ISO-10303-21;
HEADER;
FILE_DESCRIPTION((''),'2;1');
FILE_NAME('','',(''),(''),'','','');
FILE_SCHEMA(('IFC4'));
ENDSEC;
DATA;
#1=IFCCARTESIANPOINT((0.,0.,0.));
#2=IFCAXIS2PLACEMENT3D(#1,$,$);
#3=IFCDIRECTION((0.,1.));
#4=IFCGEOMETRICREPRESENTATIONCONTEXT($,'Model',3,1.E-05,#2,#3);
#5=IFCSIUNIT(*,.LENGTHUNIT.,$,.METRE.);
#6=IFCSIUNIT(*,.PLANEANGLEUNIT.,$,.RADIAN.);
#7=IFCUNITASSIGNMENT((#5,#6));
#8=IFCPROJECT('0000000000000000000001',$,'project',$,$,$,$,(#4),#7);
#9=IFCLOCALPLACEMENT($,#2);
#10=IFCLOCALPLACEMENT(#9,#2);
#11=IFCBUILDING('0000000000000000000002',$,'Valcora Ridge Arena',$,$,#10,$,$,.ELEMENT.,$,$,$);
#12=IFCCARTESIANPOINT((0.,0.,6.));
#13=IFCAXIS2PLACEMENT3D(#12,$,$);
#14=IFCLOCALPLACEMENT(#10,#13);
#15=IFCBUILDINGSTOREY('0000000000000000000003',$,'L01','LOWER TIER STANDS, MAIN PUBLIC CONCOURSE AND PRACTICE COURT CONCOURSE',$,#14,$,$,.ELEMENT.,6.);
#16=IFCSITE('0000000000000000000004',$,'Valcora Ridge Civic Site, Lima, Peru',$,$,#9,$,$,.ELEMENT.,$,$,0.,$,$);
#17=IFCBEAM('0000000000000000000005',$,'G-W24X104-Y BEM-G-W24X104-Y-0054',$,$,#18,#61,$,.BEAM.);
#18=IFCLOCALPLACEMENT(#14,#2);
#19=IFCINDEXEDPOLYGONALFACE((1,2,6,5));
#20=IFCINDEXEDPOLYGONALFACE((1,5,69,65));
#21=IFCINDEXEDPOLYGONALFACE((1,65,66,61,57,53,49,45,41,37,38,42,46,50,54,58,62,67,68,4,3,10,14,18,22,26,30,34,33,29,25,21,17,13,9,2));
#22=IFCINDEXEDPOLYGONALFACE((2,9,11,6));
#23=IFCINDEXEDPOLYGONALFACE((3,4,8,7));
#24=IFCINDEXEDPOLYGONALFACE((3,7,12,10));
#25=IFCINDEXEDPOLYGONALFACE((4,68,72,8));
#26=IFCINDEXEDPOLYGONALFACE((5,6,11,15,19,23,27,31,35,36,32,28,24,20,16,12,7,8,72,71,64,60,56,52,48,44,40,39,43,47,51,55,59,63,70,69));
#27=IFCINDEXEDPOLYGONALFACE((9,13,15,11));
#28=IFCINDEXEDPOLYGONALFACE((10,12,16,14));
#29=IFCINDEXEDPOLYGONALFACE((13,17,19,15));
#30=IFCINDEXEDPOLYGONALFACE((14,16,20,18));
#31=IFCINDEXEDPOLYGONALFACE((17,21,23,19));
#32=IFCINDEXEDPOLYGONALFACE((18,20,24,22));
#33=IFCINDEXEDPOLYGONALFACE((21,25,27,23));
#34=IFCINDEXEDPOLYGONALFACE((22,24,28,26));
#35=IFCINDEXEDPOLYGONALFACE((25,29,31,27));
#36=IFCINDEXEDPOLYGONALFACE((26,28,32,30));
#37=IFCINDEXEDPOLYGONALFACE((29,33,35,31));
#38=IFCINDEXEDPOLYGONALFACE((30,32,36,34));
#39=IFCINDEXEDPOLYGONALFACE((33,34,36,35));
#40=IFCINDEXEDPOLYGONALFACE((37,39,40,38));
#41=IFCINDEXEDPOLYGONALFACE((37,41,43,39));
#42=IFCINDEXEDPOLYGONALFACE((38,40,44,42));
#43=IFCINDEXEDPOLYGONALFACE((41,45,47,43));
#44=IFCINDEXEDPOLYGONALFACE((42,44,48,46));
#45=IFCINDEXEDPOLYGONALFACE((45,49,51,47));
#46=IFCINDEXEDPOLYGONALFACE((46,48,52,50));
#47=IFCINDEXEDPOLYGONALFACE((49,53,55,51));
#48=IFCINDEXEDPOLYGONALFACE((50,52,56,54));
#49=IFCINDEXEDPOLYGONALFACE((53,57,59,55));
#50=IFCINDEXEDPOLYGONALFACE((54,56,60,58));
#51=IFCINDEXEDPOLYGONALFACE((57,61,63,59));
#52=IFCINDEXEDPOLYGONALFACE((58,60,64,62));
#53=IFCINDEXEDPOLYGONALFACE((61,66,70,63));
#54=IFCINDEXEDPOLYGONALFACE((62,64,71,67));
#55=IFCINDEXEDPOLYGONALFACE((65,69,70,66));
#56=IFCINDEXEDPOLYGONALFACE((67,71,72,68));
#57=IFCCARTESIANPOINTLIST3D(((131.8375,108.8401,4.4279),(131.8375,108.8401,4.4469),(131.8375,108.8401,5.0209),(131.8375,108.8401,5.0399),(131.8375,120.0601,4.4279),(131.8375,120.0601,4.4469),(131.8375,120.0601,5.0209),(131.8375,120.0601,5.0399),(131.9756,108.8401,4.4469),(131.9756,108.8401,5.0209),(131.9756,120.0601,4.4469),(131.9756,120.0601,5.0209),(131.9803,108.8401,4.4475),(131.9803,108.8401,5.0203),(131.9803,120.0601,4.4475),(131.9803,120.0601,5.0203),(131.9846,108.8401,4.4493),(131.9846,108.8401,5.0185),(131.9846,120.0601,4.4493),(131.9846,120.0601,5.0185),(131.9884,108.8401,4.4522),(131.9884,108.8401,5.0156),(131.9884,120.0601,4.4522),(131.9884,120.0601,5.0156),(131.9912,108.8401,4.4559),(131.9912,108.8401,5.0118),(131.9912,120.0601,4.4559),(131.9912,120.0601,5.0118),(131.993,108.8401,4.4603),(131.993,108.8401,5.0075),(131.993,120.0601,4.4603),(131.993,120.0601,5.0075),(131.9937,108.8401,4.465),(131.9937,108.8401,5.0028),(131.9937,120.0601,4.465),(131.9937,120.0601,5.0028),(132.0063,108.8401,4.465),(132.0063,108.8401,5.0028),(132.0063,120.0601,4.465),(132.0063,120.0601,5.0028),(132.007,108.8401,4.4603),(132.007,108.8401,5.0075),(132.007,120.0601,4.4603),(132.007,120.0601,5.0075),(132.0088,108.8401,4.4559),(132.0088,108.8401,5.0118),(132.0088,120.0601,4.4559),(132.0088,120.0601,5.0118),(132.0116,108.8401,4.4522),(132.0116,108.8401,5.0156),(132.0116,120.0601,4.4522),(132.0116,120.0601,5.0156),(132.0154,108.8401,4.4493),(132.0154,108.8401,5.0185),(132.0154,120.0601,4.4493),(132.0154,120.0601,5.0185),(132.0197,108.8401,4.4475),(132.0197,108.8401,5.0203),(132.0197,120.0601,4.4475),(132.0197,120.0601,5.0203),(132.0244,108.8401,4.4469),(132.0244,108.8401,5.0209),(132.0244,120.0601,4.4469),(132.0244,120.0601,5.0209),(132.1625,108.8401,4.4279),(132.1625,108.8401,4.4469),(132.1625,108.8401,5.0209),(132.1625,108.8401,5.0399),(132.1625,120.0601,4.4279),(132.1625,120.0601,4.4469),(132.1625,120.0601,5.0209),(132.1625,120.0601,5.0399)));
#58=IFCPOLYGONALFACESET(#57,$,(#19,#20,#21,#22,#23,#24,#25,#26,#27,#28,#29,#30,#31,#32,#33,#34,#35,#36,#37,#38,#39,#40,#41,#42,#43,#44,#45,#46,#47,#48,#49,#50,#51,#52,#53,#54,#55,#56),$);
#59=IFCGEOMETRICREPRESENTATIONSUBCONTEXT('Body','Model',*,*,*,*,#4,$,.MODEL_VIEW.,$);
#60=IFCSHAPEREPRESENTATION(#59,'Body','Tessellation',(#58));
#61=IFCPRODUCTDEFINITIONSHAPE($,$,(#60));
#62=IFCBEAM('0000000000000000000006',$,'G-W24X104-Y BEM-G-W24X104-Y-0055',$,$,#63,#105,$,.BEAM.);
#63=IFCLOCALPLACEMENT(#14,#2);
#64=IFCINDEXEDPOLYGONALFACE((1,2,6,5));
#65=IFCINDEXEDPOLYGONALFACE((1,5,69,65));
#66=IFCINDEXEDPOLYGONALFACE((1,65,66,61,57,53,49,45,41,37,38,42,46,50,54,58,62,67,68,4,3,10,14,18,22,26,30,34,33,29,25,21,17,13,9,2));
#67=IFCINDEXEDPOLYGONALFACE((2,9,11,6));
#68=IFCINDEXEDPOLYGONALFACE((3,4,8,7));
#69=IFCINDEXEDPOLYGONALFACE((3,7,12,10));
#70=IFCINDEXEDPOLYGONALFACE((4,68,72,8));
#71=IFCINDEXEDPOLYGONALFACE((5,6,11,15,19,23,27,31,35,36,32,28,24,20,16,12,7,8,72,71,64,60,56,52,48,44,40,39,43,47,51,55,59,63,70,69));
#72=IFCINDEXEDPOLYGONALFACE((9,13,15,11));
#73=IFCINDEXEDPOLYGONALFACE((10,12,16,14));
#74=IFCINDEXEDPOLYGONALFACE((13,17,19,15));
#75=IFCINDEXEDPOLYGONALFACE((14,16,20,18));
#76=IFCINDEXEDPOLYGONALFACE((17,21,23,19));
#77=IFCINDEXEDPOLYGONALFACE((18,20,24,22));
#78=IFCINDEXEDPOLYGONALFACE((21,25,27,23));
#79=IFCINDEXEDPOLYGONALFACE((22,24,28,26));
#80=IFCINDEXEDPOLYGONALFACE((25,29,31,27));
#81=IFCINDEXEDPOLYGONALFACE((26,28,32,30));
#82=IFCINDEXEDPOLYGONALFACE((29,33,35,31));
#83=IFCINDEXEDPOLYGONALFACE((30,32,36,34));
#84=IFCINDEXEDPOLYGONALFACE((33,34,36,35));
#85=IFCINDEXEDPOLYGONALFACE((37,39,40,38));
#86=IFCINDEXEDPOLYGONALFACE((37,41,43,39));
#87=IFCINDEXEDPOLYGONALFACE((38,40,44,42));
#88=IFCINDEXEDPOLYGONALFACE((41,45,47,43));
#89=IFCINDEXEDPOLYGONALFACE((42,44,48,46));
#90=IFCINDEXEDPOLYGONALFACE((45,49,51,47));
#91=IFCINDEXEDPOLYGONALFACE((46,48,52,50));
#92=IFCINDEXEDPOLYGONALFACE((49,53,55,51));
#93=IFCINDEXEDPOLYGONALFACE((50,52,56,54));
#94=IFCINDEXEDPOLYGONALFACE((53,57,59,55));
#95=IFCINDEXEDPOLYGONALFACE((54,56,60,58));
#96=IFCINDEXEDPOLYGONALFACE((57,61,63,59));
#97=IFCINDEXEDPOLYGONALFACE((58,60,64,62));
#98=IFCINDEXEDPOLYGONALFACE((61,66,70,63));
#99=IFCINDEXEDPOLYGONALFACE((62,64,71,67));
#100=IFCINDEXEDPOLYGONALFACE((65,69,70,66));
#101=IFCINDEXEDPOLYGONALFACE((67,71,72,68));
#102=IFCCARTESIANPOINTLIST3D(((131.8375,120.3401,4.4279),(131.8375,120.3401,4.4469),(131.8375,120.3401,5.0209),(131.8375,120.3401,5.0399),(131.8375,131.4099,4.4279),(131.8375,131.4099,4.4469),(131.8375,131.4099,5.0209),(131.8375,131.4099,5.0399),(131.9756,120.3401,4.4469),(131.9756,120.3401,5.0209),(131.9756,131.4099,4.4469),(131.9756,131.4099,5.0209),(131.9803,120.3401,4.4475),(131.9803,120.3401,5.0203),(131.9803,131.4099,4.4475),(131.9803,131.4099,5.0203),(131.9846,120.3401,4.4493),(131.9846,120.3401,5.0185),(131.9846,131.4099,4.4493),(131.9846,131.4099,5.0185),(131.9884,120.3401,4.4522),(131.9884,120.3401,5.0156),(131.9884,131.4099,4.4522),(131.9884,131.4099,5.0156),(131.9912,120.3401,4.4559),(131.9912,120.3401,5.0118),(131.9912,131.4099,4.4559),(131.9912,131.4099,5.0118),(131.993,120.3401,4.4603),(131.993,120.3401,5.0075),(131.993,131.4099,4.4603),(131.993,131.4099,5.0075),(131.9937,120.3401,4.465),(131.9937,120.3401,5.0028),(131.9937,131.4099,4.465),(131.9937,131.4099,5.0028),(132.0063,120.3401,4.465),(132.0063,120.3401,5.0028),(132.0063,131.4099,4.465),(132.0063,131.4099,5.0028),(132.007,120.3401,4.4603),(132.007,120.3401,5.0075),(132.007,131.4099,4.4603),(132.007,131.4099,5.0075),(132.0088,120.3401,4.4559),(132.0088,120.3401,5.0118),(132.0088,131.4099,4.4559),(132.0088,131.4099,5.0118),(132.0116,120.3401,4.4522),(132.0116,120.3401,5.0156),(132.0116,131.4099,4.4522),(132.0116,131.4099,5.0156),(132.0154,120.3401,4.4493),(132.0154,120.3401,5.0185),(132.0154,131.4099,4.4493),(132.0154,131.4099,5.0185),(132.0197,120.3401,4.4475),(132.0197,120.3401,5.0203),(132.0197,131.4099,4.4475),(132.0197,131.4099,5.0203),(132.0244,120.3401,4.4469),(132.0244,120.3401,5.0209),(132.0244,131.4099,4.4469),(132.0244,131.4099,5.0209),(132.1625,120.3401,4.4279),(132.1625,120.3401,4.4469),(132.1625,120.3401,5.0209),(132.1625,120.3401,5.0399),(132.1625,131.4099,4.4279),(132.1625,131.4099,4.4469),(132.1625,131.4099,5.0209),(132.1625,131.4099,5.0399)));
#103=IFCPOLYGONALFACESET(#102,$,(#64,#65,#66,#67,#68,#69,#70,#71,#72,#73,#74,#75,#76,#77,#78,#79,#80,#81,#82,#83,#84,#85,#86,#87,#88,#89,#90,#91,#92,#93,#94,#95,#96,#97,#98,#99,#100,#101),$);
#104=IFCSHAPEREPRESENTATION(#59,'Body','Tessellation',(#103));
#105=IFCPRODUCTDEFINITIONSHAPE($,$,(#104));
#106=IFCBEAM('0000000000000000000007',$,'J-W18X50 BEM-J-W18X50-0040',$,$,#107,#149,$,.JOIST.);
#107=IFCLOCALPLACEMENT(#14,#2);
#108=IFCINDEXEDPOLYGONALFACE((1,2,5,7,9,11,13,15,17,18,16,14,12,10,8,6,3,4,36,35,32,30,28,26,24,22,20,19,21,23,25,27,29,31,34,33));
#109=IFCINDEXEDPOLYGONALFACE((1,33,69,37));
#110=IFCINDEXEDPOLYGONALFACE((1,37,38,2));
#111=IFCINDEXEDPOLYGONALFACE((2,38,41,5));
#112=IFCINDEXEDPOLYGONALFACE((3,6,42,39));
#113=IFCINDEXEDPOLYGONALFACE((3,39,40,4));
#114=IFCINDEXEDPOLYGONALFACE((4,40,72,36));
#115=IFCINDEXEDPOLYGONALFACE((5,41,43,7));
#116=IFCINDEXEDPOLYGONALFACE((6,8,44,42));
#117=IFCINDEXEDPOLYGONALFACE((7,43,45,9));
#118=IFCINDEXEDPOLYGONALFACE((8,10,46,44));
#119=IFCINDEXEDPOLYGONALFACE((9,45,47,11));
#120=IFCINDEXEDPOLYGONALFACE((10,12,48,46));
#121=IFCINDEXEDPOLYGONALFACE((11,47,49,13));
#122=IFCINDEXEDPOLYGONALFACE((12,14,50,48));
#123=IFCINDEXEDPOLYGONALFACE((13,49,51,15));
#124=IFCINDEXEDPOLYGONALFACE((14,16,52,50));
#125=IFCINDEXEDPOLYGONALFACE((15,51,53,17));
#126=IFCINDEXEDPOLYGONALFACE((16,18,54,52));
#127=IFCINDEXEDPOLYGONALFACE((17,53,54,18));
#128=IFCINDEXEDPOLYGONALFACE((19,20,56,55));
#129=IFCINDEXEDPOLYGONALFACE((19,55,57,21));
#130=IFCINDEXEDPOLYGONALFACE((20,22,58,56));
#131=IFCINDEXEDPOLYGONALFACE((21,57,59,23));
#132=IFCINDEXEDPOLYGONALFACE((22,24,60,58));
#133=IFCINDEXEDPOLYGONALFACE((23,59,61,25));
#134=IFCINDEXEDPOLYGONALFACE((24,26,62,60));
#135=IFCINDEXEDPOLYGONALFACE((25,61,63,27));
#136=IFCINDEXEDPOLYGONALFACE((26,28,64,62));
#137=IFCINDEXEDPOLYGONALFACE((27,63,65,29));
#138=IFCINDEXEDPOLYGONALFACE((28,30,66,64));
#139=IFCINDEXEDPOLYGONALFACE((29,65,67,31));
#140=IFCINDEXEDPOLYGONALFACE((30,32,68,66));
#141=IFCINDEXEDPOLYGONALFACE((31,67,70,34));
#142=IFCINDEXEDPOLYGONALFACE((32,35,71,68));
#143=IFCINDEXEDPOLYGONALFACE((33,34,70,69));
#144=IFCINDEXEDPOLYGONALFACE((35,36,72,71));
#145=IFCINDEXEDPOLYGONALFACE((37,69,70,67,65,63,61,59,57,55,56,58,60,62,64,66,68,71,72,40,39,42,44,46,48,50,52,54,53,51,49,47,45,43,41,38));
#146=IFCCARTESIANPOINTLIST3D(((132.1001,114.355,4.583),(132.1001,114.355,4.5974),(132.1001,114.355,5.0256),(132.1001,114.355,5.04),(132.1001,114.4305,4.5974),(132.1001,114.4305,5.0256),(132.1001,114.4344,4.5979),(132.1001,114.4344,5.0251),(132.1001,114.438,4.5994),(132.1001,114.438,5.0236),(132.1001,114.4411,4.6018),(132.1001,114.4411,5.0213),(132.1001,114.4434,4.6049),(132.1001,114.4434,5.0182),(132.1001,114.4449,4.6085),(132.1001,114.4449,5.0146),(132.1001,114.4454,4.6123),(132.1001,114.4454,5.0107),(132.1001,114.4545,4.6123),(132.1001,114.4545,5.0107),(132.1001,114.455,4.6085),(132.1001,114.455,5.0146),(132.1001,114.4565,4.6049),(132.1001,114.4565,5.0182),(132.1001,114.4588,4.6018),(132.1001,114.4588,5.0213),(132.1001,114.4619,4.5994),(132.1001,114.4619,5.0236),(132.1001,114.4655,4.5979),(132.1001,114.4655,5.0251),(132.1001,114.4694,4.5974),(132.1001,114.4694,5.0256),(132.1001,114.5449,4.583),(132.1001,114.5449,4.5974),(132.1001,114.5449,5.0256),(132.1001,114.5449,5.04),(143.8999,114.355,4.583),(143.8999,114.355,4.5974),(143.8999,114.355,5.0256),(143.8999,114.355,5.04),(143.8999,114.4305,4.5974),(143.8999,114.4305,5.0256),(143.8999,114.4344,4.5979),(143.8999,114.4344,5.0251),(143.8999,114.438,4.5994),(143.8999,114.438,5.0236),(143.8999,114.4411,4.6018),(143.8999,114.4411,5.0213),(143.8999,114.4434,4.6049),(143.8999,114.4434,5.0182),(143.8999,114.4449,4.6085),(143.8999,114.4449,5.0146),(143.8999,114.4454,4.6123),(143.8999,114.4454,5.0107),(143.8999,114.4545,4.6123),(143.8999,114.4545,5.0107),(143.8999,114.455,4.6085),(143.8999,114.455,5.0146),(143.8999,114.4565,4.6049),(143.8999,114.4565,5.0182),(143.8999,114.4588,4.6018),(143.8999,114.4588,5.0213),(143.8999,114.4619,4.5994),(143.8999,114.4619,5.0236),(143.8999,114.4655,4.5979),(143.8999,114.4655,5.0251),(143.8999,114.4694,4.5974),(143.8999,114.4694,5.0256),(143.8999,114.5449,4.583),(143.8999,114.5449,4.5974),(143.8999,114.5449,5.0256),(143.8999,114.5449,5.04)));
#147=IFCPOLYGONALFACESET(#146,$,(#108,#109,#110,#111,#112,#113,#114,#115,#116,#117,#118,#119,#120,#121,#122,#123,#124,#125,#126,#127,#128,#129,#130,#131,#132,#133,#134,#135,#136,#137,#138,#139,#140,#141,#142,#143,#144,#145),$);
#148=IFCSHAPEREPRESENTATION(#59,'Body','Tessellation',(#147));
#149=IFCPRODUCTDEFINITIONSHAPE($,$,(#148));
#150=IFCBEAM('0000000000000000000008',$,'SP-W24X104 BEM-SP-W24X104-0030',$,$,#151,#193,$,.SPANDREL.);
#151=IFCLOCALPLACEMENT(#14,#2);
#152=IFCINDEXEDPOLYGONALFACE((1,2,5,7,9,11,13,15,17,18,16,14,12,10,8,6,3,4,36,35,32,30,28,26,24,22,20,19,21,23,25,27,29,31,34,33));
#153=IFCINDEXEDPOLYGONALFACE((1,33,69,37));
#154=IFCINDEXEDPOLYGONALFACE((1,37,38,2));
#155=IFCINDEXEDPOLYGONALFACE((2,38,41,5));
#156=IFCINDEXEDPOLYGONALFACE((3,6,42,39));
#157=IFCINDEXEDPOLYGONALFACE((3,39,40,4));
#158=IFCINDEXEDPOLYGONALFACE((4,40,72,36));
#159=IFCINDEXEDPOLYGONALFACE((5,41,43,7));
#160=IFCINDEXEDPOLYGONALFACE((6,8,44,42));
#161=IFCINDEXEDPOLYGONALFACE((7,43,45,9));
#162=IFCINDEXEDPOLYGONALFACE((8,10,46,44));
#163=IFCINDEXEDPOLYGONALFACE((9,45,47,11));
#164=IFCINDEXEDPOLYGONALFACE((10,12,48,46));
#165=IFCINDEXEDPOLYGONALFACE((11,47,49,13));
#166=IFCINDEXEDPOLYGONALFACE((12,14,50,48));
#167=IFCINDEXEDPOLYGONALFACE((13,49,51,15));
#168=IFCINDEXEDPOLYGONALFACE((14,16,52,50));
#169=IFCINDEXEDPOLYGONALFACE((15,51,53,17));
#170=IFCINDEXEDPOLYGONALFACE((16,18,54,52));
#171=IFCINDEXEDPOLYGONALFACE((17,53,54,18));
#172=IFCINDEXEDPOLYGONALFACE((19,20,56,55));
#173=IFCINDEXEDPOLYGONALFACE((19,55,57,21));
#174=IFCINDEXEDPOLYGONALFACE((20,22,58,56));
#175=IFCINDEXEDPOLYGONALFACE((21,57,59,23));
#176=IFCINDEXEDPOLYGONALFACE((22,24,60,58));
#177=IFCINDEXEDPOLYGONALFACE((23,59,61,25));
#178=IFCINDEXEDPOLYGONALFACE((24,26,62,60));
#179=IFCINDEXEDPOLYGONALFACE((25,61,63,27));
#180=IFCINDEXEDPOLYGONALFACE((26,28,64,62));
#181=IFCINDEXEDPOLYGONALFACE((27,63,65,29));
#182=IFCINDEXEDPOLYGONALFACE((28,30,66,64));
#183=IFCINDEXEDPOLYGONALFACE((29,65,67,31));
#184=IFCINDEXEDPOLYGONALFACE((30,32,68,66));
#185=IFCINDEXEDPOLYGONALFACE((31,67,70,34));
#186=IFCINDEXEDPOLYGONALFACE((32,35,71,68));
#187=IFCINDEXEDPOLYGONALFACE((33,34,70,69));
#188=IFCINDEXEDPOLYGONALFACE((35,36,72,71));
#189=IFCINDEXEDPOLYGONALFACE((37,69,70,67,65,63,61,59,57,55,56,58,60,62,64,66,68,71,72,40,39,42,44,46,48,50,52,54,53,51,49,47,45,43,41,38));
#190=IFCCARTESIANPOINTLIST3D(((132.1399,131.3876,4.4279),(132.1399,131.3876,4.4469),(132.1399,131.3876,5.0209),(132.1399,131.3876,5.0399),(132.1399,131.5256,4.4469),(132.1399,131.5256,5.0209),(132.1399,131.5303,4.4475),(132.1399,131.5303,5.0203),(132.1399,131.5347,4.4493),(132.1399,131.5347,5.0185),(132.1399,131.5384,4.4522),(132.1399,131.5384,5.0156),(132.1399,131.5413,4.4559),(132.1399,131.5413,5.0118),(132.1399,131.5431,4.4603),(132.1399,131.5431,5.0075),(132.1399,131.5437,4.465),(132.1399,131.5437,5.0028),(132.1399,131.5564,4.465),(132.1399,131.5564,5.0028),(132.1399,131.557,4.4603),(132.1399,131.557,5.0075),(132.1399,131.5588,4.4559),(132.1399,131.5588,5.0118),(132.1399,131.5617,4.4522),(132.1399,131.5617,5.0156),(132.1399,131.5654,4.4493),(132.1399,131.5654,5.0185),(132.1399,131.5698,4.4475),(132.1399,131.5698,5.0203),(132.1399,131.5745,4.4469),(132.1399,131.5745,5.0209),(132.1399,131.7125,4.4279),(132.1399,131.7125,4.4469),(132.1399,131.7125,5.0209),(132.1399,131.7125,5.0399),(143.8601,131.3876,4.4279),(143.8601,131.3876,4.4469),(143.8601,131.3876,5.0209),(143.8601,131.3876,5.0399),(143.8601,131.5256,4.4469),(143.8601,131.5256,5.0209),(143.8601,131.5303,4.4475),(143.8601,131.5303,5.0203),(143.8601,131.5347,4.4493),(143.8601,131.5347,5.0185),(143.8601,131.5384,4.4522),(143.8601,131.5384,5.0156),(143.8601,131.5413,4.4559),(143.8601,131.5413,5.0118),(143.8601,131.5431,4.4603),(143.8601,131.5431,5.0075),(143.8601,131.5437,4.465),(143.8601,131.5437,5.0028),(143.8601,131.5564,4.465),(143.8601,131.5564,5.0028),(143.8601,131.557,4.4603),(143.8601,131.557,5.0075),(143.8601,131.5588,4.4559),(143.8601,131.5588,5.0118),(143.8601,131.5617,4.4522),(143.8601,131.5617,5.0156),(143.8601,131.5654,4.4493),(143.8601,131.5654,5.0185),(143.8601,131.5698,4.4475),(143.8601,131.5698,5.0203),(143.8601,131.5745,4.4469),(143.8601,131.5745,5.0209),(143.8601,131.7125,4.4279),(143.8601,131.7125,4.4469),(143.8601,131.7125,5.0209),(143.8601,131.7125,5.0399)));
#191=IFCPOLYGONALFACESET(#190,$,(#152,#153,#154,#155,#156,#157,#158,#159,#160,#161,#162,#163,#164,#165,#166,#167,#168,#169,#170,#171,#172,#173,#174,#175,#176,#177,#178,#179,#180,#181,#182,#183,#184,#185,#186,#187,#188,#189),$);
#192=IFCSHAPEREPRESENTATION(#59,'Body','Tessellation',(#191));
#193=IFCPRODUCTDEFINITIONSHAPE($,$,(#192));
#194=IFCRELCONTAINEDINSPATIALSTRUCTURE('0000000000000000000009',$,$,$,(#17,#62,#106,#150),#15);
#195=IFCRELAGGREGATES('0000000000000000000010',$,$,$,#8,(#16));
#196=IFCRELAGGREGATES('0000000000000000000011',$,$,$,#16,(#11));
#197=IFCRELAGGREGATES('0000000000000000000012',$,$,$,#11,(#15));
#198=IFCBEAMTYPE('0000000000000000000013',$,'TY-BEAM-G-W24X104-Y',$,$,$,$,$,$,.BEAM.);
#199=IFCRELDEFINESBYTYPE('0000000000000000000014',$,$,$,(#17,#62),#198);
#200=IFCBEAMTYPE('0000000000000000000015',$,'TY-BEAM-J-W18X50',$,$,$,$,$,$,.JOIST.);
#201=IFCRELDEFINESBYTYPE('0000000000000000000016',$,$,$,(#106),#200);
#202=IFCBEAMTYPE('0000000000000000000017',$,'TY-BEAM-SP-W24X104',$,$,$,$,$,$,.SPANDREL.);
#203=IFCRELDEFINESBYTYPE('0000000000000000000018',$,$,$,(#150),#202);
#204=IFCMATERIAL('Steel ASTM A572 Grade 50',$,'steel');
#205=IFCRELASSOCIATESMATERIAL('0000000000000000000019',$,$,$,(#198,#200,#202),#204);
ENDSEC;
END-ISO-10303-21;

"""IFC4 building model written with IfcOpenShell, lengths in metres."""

from ifc_helpers import new_model, si_unit, direction, frame, origin, origin_2d, place, context, subcontext, project, spatial, i_section, extrude, material, material_profile, profile_set, type_object, element, save


model = new_model("IFC4")

# Units and contexts
model_context = context("Model", 3, precision=1e-05, world=origin(), true_north=direction((0.0, 1.0)))
body_context = subcontext(model_context, "Body", "Model", "MODEL_VIEW")
ifc_project = project(units=[si_unit("LENGTHUNIT", "METRE"), si_unit("PLANEANGLEUNIT", "RADIAN")], contexts=[model_context])

# Site, building, storey
site_placement = place(None, origin())
site = spatial("IfcSite", under=ifc_project, at=site_placement, Name="Valcora Ridge Civic Site, Lima, Peru", CompositionType="ELEMENT", RefElevation=0.0)
building_placement = place(site_placement, origin())
building = spatial("IfcBuilding", under=site, at=building_placement, Name="Valcora Ridge Arena", CompositionType="ELEMENT")
storey_placement = place(building_placement, frame((0.0, 0.0, 6.0)))
storey = spatial("IfcBuildingStorey", under=building, at=storey_placement, Name="L01", Description="LOWER TIER STANDS, MAIN PUBLIC CONCOURSE AND PRACTICE COURT CONCOURSE", CompositionType="ELEMENT", Elevation=6.0)

# Beams
ifc_material_1 = material(Name="Steel ASTM A572 Grade 50", Category="steel")
ifc_material_profile_1 = material_profile(ifc_material_1, i_section(OverallWidth=0.325, OverallDepth=0.6121, WebThickness=0.0127, FlangeThickness=0.019, FilletRadius=0.0181, at=origin_2d()), Name="W24X104")
ifc_profile_set_1 = profile_set([ifc_material_profile_1], Name="Steel ASTM A572 Grade 50")
beam_type_1 = type_object("IfcBeamType", Name="TY-BEAM-G-W24X104-Y", PredefinedType="BEAM", material=ifc_profile_set_1)
beam_1_placement = place(storey_placement, frame((132.0, 108.8401, 4.7339), z_axis=(0.0, 1.0, 0.0), x_axis=(-1.0, 0.0, 0.0)))
element("IfcBeam", 1, at=beam_1_placement, inside=storey, type_object=beam_type_1, Name="G-W24X104-Y BEM-G-W24X104-Y-0054", PredefinedType="BEAM", context=body_context, shape_type="SweptSolid", body=[
    extrude(i_section(OverallWidth=0.325, OverallDepth=0.6121, WebThickness=0.0127, FlangeThickness=0.019, FilletRadius=0.0181, at=origin_2d()), origin(), (0.0, 0.0, 1.0), 11.22),
])
beam_2_placement = place(storey_placement, frame((132.0, 120.3401, 4.7339), z_axis=(0.0, 1.0, 0.0), x_axis=(-1.0, 0.0, 0.0)))
element("IfcBeam", 2, at=beam_2_placement, inside=storey, type_object=beam_type_1, Name="G-W24X104-Y BEM-G-W24X104-Y-0055", PredefinedType="BEAM", context=body_context, shape_type="SweptSolid", body=[
    extrude(i_section(OverallWidth=0.325, OverallDepth=0.6121, WebThickness=0.0127, FlangeThickness=0.019, FilletRadius=0.0181, at=origin_2d()), origin(), (0.0, 0.0, 1.0), 11.0698),
])
ifc_material_profile_2 = material_profile(ifc_material_1, i_section(OverallWidth=0.1899, OverallDepth=0.457, WebThickness=0.009, FlangeThickness=0.0144, FilletRadius=0.0149, at=origin_2d()), Name="W18X50")
ifc_profile_set_2 = profile_set([ifc_material_profile_2], Name="Steel ASTM A572 Grade 50")
beam_type_2 = type_object("IfcBeamType", Name="TY-BEAM-J-W18X50", PredefinedType="JOIST", material=ifc_profile_set_2)
beam_3_placement = place(storey_placement, frame((132.1001, 114.45, 4.8115), z_axis=(1.0, 0.0, 0.0), x_axis=(0.0, 1.0, 0.0)))
element("IfcBeam", 3, at=beam_3_placement, inside=storey, type_object=beam_type_2, Name="J-W18X50 BEM-J-W18X50-0040", PredefinedType="JOIST", context=body_context, shape_type="SweptSolid", body=[
    extrude(i_section(OverallWidth=0.1899, OverallDepth=0.457, WebThickness=0.009, FlangeThickness=0.0144, FilletRadius=0.0149, at=origin_2d()), origin(), (0.0, 0.0, 1.0), 11.7998),
])
ifc_material_profile_3 = material_profile(ifc_material_1, i_section(OverallWidth=0.325, OverallDepth=0.6121, WebThickness=0.0127, FlangeThickness=0.019, FilletRadius=0.0181, at=origin_2d()), Name="W24X104")
ifc_profile_set_3 = profile_set([ifc_material_profile_3], Name="Steel ASTM A572 Grade 50")
beam_type_3 = type_object("IfcBeamType", Name="TY-BEAM-SP-W24X104", PredefinedType="SPANDREL", material=ifc_profile_set_3)
beam_4_placement = place(storey_placement, frame((132.1399, 131.55, 4.7339), z_axis=(1.0, 0.0, 0.0), x_axis=(0.0, 1.0, 0.0)))
element("IfcBeam", 4, at=beam_4_placement, inside=storey, type_object=beam_type_3, Name="SP-W24X104 BEM-SP-W24X104-0030", PredefinedType="SPANDREL", context=body_context, shape_type="SweptSolid", body=[
    extrude(i_section(OverallWidth=0.325, OverallDepth=0.6121, WebThickness=0.0127, FlangeThickness=0.019, FilletRadius=0.0181, at=origin_2d()), origin(), (0.0, 0.0, 1.0), 11.7202),
])

save(model, "model.ifc")
